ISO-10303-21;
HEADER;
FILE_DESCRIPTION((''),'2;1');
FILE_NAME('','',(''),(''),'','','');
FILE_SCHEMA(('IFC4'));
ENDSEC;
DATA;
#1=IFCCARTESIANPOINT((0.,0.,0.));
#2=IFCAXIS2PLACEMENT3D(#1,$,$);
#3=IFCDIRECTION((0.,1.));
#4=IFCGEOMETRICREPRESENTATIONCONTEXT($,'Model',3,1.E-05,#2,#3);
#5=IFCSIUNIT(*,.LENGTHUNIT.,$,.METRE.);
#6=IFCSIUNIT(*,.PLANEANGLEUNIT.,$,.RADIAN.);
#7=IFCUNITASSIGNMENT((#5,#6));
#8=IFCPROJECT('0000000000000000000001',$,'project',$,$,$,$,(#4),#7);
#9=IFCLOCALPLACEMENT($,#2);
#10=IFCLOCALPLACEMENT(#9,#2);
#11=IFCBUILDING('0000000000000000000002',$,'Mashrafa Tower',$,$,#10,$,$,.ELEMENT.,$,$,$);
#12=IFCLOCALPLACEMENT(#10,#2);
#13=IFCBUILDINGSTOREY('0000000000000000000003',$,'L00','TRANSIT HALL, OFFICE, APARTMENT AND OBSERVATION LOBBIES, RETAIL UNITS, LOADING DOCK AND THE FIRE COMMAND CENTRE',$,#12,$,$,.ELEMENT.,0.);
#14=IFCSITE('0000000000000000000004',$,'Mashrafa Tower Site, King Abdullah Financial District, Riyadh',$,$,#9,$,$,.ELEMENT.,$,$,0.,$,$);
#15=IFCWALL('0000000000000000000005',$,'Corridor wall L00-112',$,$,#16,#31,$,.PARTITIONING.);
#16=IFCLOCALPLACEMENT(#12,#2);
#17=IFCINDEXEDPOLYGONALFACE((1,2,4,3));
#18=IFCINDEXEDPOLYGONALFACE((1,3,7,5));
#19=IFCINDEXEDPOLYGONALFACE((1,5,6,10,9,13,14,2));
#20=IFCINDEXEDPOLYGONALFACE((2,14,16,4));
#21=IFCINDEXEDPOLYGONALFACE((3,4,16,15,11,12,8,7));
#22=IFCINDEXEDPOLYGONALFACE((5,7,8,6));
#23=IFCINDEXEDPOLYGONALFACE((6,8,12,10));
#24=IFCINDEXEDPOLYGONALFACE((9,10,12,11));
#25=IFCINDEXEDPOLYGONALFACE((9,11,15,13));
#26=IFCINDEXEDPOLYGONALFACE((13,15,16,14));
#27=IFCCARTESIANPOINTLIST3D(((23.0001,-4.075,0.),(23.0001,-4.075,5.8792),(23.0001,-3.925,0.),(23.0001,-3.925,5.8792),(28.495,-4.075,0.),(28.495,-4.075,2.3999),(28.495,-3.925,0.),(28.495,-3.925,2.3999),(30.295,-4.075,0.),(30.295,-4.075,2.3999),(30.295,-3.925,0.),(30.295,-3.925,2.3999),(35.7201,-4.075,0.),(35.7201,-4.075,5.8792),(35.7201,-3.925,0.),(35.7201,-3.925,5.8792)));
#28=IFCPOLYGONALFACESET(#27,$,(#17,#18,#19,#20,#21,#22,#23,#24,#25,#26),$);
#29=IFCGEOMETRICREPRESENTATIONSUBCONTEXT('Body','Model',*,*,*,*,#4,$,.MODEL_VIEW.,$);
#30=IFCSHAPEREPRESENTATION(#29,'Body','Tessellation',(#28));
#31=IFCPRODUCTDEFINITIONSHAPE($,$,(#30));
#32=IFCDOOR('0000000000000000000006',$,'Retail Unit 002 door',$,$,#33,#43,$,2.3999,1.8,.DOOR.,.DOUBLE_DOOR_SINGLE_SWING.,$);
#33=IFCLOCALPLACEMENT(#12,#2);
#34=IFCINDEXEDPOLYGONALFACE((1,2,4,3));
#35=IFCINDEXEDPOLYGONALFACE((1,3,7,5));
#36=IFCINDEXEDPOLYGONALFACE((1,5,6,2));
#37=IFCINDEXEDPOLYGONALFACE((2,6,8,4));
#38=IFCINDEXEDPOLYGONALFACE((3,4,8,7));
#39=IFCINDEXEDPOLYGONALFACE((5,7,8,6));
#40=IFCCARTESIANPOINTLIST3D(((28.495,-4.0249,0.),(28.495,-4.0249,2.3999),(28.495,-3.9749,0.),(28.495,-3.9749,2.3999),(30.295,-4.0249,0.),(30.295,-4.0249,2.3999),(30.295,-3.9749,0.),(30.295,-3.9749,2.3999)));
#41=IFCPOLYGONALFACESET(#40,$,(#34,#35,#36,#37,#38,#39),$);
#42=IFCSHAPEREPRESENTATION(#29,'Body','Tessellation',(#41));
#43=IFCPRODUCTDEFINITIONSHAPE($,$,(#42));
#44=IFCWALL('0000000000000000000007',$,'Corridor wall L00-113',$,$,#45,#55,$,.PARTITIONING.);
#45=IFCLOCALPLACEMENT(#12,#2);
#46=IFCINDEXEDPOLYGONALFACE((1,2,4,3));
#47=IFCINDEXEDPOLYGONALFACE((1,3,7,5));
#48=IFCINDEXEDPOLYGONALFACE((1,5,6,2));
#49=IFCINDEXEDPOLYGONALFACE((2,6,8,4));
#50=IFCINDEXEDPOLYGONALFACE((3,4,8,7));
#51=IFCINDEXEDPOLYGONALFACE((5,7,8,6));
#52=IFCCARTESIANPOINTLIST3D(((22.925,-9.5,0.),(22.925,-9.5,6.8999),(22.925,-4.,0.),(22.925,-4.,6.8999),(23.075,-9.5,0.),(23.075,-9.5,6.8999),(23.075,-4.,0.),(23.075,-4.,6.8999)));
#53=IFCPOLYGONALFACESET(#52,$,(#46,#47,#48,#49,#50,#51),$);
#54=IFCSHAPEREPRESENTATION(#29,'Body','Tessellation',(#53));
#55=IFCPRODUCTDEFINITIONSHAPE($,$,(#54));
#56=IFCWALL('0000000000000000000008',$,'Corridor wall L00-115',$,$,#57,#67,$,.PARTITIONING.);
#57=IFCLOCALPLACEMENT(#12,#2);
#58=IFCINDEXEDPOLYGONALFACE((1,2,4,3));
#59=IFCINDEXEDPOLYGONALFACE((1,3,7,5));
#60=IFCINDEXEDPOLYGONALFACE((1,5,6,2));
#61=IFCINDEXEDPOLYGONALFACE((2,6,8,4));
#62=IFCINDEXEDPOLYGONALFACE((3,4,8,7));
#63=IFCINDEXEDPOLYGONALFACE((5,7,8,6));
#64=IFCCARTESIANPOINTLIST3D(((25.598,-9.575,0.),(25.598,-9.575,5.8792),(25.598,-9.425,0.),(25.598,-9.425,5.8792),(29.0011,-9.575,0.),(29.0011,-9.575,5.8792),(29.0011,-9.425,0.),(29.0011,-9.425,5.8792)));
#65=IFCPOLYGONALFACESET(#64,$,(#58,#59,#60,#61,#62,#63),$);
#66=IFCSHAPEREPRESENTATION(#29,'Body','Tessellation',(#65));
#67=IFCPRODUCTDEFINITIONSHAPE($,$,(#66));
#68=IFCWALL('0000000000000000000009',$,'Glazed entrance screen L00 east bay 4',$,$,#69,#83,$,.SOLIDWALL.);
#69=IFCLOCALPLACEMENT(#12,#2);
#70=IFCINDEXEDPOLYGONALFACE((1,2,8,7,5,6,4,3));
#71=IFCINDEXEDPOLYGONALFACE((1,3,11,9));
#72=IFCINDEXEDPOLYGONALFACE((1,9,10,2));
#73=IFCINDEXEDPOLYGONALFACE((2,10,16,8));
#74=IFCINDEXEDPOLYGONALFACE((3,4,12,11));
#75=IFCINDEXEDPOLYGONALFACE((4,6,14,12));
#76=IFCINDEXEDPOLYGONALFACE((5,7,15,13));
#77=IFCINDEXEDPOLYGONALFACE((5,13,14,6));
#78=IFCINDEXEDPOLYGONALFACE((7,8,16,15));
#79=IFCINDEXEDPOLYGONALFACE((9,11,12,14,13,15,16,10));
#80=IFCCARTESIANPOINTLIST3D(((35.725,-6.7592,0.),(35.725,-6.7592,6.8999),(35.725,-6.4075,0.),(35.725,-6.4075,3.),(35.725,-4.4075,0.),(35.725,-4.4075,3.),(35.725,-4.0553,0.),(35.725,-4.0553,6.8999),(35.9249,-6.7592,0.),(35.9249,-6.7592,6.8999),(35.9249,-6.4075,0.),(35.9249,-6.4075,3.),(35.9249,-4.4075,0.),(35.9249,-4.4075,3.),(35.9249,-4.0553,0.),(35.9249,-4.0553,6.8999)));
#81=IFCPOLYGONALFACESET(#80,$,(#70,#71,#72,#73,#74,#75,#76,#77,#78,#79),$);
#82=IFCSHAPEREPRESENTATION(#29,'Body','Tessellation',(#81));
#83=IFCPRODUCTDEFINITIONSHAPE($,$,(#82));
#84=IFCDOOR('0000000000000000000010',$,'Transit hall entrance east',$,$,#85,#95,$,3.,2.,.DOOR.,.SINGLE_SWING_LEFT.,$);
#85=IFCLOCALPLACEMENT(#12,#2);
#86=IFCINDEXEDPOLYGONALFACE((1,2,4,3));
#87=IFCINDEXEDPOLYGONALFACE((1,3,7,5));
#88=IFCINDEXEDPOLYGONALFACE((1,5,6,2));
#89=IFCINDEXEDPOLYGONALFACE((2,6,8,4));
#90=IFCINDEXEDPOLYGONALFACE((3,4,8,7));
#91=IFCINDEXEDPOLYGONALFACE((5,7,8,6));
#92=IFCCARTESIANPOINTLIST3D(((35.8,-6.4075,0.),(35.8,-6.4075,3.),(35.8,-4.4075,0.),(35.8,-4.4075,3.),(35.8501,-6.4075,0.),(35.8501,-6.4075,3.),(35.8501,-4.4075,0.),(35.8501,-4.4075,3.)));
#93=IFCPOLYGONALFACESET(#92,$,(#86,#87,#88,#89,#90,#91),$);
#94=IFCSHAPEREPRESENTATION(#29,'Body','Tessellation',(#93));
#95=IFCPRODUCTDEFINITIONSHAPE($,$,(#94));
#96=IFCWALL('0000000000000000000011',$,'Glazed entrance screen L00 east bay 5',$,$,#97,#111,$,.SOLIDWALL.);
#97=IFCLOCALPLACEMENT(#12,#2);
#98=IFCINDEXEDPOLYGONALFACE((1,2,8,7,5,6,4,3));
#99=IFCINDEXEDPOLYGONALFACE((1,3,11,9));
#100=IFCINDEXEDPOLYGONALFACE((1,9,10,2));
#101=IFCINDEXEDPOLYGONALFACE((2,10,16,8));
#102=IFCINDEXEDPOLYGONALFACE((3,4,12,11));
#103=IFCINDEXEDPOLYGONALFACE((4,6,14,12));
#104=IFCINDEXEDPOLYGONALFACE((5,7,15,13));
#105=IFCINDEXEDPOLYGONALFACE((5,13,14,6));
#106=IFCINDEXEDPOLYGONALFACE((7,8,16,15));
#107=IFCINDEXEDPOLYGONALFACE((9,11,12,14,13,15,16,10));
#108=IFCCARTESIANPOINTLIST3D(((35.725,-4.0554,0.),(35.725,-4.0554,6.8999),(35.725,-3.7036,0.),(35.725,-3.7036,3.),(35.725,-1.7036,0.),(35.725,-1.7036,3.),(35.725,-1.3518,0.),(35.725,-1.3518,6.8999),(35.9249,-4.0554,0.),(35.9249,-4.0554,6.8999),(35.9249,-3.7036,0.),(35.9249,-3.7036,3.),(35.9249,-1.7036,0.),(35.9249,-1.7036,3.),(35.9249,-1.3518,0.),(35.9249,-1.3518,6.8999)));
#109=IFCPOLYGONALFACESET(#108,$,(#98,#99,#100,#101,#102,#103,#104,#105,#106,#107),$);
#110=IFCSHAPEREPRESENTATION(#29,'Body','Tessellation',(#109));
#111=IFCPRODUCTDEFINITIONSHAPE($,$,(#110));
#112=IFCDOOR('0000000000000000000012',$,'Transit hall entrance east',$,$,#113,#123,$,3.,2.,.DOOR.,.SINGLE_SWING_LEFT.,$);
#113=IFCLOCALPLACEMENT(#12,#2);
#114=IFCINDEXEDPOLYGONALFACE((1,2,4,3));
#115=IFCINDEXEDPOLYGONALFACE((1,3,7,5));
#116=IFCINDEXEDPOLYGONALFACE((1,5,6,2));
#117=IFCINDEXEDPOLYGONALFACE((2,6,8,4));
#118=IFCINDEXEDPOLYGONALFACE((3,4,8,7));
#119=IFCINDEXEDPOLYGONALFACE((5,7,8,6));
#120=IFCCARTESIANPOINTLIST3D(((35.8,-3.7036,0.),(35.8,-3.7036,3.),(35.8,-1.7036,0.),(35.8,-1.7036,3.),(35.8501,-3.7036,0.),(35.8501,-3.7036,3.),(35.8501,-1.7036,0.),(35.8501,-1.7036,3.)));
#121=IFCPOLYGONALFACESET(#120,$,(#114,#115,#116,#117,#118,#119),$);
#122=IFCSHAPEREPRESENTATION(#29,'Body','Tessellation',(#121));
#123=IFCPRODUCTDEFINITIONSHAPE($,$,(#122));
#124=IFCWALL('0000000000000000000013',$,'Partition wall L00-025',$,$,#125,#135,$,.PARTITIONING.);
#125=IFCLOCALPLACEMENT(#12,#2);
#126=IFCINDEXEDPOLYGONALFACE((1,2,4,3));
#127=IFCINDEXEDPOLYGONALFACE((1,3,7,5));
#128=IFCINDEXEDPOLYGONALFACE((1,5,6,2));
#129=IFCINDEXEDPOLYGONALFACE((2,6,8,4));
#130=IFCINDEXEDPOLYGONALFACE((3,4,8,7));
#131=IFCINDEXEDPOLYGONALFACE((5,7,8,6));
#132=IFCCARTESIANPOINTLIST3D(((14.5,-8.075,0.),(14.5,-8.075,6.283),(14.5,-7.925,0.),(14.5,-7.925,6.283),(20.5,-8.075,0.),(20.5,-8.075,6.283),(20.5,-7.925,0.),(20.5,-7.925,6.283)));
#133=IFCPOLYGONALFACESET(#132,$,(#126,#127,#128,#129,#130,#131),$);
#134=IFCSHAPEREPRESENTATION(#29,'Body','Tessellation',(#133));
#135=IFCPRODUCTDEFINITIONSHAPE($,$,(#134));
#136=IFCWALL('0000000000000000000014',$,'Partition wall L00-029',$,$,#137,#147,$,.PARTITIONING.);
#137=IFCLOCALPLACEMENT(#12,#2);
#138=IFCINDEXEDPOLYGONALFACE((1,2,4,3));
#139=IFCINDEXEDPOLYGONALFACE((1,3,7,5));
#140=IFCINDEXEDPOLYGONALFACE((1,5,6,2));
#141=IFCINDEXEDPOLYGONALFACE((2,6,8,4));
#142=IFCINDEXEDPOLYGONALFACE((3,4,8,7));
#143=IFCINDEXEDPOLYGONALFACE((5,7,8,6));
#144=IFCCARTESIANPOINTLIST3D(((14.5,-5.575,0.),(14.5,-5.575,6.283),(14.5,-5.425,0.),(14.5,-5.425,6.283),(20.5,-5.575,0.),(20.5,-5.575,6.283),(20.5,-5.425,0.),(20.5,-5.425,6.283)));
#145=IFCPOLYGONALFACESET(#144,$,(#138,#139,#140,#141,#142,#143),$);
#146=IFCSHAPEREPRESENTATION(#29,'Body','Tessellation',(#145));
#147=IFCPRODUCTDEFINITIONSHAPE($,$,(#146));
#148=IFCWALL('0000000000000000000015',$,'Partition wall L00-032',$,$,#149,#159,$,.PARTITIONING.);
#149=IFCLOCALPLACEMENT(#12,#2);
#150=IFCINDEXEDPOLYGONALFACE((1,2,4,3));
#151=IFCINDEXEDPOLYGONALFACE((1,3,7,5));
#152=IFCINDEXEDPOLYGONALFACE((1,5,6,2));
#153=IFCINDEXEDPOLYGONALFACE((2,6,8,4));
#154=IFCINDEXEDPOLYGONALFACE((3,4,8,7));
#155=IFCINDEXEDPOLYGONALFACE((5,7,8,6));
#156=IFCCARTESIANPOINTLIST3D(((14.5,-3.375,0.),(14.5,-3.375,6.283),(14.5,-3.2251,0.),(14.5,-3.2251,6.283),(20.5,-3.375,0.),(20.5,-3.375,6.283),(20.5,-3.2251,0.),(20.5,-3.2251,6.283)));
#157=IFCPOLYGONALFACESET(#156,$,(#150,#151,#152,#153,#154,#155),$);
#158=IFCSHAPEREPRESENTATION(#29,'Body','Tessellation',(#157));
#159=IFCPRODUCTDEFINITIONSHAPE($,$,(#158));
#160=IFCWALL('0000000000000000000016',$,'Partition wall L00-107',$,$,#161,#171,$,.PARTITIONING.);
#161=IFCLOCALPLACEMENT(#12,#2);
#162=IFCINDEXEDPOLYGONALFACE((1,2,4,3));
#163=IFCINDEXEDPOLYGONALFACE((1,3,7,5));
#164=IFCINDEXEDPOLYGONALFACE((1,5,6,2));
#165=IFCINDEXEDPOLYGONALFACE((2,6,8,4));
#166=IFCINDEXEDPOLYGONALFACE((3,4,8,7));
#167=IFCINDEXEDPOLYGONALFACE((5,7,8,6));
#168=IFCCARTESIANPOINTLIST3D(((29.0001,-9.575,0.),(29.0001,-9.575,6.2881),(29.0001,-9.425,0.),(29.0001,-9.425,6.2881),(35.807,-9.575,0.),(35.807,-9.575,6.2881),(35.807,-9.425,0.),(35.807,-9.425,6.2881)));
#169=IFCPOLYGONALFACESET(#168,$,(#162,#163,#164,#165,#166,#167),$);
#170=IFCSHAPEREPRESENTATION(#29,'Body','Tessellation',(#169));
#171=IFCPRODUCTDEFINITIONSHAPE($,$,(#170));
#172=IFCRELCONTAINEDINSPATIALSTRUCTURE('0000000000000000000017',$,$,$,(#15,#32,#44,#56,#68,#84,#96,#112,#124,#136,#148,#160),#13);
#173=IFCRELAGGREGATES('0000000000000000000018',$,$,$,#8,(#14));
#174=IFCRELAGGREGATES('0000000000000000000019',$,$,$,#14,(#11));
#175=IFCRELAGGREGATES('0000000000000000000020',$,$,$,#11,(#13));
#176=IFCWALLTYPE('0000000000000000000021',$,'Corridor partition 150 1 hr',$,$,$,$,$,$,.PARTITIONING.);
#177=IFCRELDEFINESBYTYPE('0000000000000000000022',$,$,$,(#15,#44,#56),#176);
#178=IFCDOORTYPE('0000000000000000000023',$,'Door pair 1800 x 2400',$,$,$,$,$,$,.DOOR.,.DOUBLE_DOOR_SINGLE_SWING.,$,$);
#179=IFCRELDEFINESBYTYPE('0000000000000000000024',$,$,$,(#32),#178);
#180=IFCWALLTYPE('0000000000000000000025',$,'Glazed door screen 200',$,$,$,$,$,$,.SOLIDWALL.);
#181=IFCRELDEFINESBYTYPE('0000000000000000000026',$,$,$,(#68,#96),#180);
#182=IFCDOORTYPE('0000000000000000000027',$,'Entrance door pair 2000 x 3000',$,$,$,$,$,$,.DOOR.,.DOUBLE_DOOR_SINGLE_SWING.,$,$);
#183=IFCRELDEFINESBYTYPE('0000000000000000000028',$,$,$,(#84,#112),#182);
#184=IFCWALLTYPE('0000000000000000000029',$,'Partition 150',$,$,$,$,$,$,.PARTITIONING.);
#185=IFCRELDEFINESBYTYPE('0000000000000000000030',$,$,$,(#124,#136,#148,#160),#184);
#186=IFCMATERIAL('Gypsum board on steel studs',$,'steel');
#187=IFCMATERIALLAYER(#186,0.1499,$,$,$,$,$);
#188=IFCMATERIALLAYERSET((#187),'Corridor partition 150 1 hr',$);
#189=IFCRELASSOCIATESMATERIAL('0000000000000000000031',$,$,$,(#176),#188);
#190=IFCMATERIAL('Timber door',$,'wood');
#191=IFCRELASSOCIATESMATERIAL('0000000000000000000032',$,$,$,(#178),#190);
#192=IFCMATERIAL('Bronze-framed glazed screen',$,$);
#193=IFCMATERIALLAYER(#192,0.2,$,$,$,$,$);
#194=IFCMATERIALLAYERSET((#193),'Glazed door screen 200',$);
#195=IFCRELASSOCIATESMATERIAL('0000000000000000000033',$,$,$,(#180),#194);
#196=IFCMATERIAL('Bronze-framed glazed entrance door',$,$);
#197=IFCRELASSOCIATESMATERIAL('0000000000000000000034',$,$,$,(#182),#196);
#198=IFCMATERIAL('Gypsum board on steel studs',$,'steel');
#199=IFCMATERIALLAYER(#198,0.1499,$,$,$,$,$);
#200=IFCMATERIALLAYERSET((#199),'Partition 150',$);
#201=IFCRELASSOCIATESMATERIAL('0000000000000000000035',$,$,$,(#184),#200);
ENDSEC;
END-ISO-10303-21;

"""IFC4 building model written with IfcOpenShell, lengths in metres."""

from ifc_helpers import new_model, si_unit, direction, frame, frame_2d, origin, place, context, subcontext, project, spatial, rectangle, extrude, material, layer, layer_set, type_object, element, fill, save


model = new_model("IFC4")

# Units and contexts
model_context = context("Model", 3, precision=1e-05, world=origin(), true_north=direction((0.0, 1.0)))
body_context = subcontext(model_context, "Body", "Model", "MODEL_VIEW")
ifc_project = project(units=[si_unit("LENGTHUNIT", "METRE"), si_unit("PLANEANGLEUNIT", "RADIAN")], contexts=[model_context])

# Site, building, storey
site_placement = place(None, origin())
site = spatial("IfcSite", under=ifc_project, at=site_placement, Name="Mashrafa Tower Site, King Abdullah Financial District, Riyadh", CompositionType="ELEMENT", RefElevation=0.0)
building_placement = place(site_placement, origin())
building = spatial("IfcBuilding", under=site, at=building_placement, Name="Mashrafa Tower", CompositionType="ELEMENT")
storey_placement = place(building_placement, origin())
storey = spatial("IfcBuildingStorey", under=building, at=storey_placement, Name="L00", Description="TRANSIT HALL, OFFICE, APARTMENT AND OBSERVATION LOBBIES, RETAIL UNITS, LOADING DOCK AND THE FIRE COMMAND CENTRE", CompositionType="ELEMENT", Elevation=0.0)

# Shared definitions
ifc_material_1 = material(Name="Gypsum board on steel studs", Category="steel")
ifc_layer_1 = layer(ifc_material_1, 0.1499)
ifc_layer_set_1 = layer_set([ifc_layer_1], Name="Corridor partition 150 1 hr")
wall_type_1 = type_object("IfcWallType", Name="Corridor partition 150 1 hr", PredefinedType="PARTITIONING", material=ifc_layer_set_1)
ifc_material_2 = material(Name="Timber door", Category="wood")
door_type_1 = type_object("IfcDoorType", Name="Door pair 1800 x 2400", OperationType="DOUBLE_DOOR_SINGLE_SWING", PredefinedType="DOOR", material=ifc_material_2)

# Wall, opening, door
wall_1_placement = place(storey_placement, frame((35.72, -4.0, 0.0), z_axis=(0.0, 0.0, 1.0), x_axis=(-1.0, 0.0, 0.0)))
wall_1 = element("IfcWall", 1, at=wall_1_placement, inside=storey, type_object=wall_type_1, Name="Corridor wall L00-112", PredefinedType="PARTITIONING", context=body_context, shape_type="SweptSolid", body=[
    extrude(rectangle(XDim=12.72, YDim=0.1499, at=frame_2d((6.3599, 0.0))), origin(), (0.0, 0.0, 1.0), 5.8792),
])
opening_1_placement = place(wall_1_placement, frame((5.425, 0.0, 0.0)))
opening_1 = element("IfcOpeningElement", 2, at=opening_1_placement, cuts=wall_1, PredefinedType="OPENING", context=body_context, shape_type="SweptSolid", body=[
    extrude(rectangle(XDim=1.8, YDim=2.3999, at=frame_2d((0.8999, 1.2))), frame((0.0, 0.085, 0.0), z_axis=(0.0, -1.0, 0.0), x_axis=(1.0, 0.0, 0.0)), (0.0, 0.0, 1.0), 0.1699),
])
door_1_placement = place(opening_1_placement, origin())
door_1 = element("IfcDoor", 3, at=door_1_placement, inside=storey, type_object=door_type_1, Name="Retail Unit 002 door", OperationType="DOUBLE_DOOR_SINGLE_SWING", OverallHeight=2.3999, OverallWidth=1.8, PredefinedType="DOOR", context=body_context, shape_type="SweptSolid", body=[
    extrude(rectangle(XDim=1.8, YDim=2.3999, at=frame_2d((0.8999, 1.2))), frame((0.0, 0.0249, 0.0), z_axis=(0.0, -1.0, 0.0), x_axis=(1.0, 0.0, 0.0)), (0.0, 0.0, 1.0), 0.05),
])
fill(opening_1, door_1)

# Walls
wall_2_placement = place(storey_placement, frame((23.0, -4.0, 0.0), z_axis=(0.0, 0.0, 1.0), x_axis=(0.0, -1.0, 0.0)))
element("IfcWall", 4, at=wall_2_placement, inside=storey, type_object=wall_type_1, Name="Corridor wall L00-113", PredefinedType="PARTITIONING", context=body_context, shape_type="SweptSolid", body=[
    extrude(rectangle(XDim=5.5, YDim=0.1499, at=frame_2d((2.75, 0.0))), origin(), (0.0, 0.0, 1.0), 6.8999),
])
wall_3_placement = place(storey_placement, frame((25.5979, -9.5, 0.0), z_axis=(0.0, 0.0, 1.0), x_axis=(1.0, 0.0, 0.0)))
element("IfcWall", 5, at=wall_3_placement, inside=storey, type_object=wall_type_1, Name="Corridor wall L00-115", PredefinedType="PARTITIONING", context=body_context, shape_type="SweptSolid", body=[
    extrude(rectangle(XDim=3.4031, YDim=0.1499, at=frame_2d((1.7017, 0.0))), origin(), (0.0, 0.0, 1.0), 5.8792),
])

# Walls, openings, doors
ifc_material_3 = material(Name="Bronze-framed glazed screen")
ifc_layer_2 = layer(ifc_material_3, 0.2)
ifc_layer_set_2 = layer_set([ifc_layer_2], Name="Glazed door screen 200")
wall_type_2 = type_object("IfcWallType", Name="Glazed door screen 200", PredefinedType="SOLIDWALL", material=ifc_layer_set_2)
wall_4_placement = place(storey_placement, frame((35.825, -6.7593, 0.0), z_axis=(0.0, 0.0, 1.0), x_axis=(0.0, 1.0, 0.0)))
wall_4 = element("IfcWall", 6, at=wall_4_placement, inside=storey, type_object=wall_type_2, Name="Glazed entrance screen L00 east bay 4", PredefinedType="SOLIDWALL", context=body_context, shape_type="SweptSolid", body=[
    extrude(rectangle(XDim=2.7039, YDim=0.2, at=frame_2d((1.3521, 0.0))), origin(), (0.0, 0.0, 1.0), 6.8999),
])
opening_2_placement = place(wall_4_placement, frame((0.3518, 0.0, 0.0)))
opening_2 = element("IfcOpeningElement", 7, at=opening_2_placement, cuts=wall_4, PredefinedType="OPENING", context=body_context, shape_type="SweptSolid", body=[
    extrude(rectangle(XDim=2.0, YDim=3.0, at=frame_2d((1.0, 1.5))), frame((0.0, 0.1099, 0.0), z_axis=(0.0, -1.0, 0.0), x_axis=(1.0, 0.0, 0.0)), (0.0, 0.0, 1.0), 0.22),
])
ifc_material_4 = material(Name="Bronze-framed glazed entrance door")
door_type_2 = type_object("IfcDoorType", Name="Entrance door pair 2000 x 3000", OperationType="DOUBLE_DOOR_SINGLE_SWING", PredefinedType="DOOR", material=ifc_material_4)
door_2_placement = place(opening_2_placement, origin())
door_2 = element("IfcDoor", 8, at=door_2_placement, inside=storey, type_object=door_type_2, Name="Transit hall entrance east", OperationType="SINGLE_SWING_LEFT", OverallHeight=3.0, OverallWidth=2.0, PredefinedType="DOOR", context=body_context, shape_type="SweptSolid", body=[
    extrude(rectangle(XDim=2.0, YDim=3.0, at=frame_2d((1.0, 1.5))), frame((0.0, 0.0249, 0.0), z_axis=(0.0, -1.0, 0.0), x_axis=(1.0, 0.0, 0.0)), (0.0, 0.0, 1.0), 0.05),
])
fill(opening_2, door_2)
wall_5_placement = place(storey_placement, frame((35.825, -4.0554, 0.0), z_axis=(0.0, 0.0, 1.0), x_axis=(0.0, 1.0, 0.0)))
wall_5 = element("IfcWall", 9, at=wall_5_placement, inside=storey, type_object=wall_type_2, Name="Glazed entrance screen L00 east bay 5", PredefinedType="SOLIDWALL", context=body_context, shape_type="SweptSolid", body=[
    extrude(rectangle(XDim=2.7036, YDim=0.2, at=frame_2d((1.3518, 0.0))), origin(), (0.0, 0.0, 1.0), 6.8999),
])
opening_3_placement = place(wall_5_placement, frame((0.3518, 0.0, 0.0)))
opening_3 = element("IfcOpeningElement", 10, at=opening_3_placement, cuts=wall_5, PredefinedType="OPENING", context=body_context, shape_type="SweptSolid", body=[
    extrude(rectangle(XDim=2.0, YDim=3.0, at=frame_2d((1.0, 1.5))), frame((0.0, 0.1099, 0.0), z_axis=(0.0, -1.0, 0.0), x_axis=(1.0, 0.0, 0.0)), (0.0, 0.0, 1.0), 0.22),
])
door_3_placement = place(opening_3_placement, origin())
door_3 = element("IfcDoor", 11, at=door_3_placement, inside=storey, type_object=door_type_2, Name="Transit hall entrance east", OperationType="SINGLE_SWING_LEFT", OverallHeight=3.0, OverallWidth=2.0, PredefinedType="DOOR", context=body_context, shape_type="SweptSolid", body=[
    extrude(rectangle(XDim=2.0, YDim=3.0, at=frame_2d((1.0, 1.5))), frame((0.0, 0.0249, 0.0), z_axis=(0.0, -1.0, 0.0), x_axis=(1.0, 0.0, 0.0)), (0.0, 0.0, 1.0), 0.05),
])
fill(opening_3, door_3)

# Walls
ifc_material_5 = material(Name="Gypsum board on steel studs", Category="steel")
ifc_layer_3 = layer(ifc_material_5, 0.1499)
ifc_layer_set_3 = layer_set([ifc_layer_3], Name="Partition 150")
wall_type_3 = type_object("IfcWallType", Name="Partition 150", PredefinedType="PARTITIONING", material=ifc_layer_set_3)
for number, where, z_axis, x_axis, name in (
    (12, (20.5, -8.0, 0.0), (0.0, 0.0, 1.0), (-1.0, 0.0, 0.0), "Partition wall L00-025"),
    (13, (20.5, -5.5, 0.0), (0.0, 0.0, 1.0), (-1.0, 0.0, 0.0), "Partition wall L00-029"),
    (14, (20.5, -3.3, 0.0), (0.0, 0.0, 1.0), (-1.0, 0.0, 0.0), "Partition wall L00-032"),
):
    element("IfcWall", number, at=place(storey_placement, frame(where, z_axis=z_axis, x_axis=x_axis)), inside=storey, type_object=wall_type_3, Name=name, PredefinedType="PARTITIONING", context=body_context, shape_type="SweptSolid", body=[
        extrude(rectangle(XDim=6.0, YDim=0.1499, at=frame_2d((3.0, 0.0))), origin(), (0.0, 0.0, 1.0), 6.283),
    ])
wall_6_placement = place(storey_placement, frame((35.8069, -9.5, 0.0), z_axis=(0.0, 0.0, 1.0), x_axis=(-1.0, 0.0, 0.0)))
element("IfcWall", 15, at=wall_6_placement, inside=storey, type_object=wall_type_3, Name="Partition wall L00-107", PredefinedType="PARTITIONING", context=body_context, shape_type="SweptSolid", body=[
    extrude(rectangle(XDim=6.8069, YDim=0.1499, at=frame_2d((3.4033, 0.0))), origin(), (0.0, 0.0, 1.0), 6.2881),
])

save(model, "model.ifc")
